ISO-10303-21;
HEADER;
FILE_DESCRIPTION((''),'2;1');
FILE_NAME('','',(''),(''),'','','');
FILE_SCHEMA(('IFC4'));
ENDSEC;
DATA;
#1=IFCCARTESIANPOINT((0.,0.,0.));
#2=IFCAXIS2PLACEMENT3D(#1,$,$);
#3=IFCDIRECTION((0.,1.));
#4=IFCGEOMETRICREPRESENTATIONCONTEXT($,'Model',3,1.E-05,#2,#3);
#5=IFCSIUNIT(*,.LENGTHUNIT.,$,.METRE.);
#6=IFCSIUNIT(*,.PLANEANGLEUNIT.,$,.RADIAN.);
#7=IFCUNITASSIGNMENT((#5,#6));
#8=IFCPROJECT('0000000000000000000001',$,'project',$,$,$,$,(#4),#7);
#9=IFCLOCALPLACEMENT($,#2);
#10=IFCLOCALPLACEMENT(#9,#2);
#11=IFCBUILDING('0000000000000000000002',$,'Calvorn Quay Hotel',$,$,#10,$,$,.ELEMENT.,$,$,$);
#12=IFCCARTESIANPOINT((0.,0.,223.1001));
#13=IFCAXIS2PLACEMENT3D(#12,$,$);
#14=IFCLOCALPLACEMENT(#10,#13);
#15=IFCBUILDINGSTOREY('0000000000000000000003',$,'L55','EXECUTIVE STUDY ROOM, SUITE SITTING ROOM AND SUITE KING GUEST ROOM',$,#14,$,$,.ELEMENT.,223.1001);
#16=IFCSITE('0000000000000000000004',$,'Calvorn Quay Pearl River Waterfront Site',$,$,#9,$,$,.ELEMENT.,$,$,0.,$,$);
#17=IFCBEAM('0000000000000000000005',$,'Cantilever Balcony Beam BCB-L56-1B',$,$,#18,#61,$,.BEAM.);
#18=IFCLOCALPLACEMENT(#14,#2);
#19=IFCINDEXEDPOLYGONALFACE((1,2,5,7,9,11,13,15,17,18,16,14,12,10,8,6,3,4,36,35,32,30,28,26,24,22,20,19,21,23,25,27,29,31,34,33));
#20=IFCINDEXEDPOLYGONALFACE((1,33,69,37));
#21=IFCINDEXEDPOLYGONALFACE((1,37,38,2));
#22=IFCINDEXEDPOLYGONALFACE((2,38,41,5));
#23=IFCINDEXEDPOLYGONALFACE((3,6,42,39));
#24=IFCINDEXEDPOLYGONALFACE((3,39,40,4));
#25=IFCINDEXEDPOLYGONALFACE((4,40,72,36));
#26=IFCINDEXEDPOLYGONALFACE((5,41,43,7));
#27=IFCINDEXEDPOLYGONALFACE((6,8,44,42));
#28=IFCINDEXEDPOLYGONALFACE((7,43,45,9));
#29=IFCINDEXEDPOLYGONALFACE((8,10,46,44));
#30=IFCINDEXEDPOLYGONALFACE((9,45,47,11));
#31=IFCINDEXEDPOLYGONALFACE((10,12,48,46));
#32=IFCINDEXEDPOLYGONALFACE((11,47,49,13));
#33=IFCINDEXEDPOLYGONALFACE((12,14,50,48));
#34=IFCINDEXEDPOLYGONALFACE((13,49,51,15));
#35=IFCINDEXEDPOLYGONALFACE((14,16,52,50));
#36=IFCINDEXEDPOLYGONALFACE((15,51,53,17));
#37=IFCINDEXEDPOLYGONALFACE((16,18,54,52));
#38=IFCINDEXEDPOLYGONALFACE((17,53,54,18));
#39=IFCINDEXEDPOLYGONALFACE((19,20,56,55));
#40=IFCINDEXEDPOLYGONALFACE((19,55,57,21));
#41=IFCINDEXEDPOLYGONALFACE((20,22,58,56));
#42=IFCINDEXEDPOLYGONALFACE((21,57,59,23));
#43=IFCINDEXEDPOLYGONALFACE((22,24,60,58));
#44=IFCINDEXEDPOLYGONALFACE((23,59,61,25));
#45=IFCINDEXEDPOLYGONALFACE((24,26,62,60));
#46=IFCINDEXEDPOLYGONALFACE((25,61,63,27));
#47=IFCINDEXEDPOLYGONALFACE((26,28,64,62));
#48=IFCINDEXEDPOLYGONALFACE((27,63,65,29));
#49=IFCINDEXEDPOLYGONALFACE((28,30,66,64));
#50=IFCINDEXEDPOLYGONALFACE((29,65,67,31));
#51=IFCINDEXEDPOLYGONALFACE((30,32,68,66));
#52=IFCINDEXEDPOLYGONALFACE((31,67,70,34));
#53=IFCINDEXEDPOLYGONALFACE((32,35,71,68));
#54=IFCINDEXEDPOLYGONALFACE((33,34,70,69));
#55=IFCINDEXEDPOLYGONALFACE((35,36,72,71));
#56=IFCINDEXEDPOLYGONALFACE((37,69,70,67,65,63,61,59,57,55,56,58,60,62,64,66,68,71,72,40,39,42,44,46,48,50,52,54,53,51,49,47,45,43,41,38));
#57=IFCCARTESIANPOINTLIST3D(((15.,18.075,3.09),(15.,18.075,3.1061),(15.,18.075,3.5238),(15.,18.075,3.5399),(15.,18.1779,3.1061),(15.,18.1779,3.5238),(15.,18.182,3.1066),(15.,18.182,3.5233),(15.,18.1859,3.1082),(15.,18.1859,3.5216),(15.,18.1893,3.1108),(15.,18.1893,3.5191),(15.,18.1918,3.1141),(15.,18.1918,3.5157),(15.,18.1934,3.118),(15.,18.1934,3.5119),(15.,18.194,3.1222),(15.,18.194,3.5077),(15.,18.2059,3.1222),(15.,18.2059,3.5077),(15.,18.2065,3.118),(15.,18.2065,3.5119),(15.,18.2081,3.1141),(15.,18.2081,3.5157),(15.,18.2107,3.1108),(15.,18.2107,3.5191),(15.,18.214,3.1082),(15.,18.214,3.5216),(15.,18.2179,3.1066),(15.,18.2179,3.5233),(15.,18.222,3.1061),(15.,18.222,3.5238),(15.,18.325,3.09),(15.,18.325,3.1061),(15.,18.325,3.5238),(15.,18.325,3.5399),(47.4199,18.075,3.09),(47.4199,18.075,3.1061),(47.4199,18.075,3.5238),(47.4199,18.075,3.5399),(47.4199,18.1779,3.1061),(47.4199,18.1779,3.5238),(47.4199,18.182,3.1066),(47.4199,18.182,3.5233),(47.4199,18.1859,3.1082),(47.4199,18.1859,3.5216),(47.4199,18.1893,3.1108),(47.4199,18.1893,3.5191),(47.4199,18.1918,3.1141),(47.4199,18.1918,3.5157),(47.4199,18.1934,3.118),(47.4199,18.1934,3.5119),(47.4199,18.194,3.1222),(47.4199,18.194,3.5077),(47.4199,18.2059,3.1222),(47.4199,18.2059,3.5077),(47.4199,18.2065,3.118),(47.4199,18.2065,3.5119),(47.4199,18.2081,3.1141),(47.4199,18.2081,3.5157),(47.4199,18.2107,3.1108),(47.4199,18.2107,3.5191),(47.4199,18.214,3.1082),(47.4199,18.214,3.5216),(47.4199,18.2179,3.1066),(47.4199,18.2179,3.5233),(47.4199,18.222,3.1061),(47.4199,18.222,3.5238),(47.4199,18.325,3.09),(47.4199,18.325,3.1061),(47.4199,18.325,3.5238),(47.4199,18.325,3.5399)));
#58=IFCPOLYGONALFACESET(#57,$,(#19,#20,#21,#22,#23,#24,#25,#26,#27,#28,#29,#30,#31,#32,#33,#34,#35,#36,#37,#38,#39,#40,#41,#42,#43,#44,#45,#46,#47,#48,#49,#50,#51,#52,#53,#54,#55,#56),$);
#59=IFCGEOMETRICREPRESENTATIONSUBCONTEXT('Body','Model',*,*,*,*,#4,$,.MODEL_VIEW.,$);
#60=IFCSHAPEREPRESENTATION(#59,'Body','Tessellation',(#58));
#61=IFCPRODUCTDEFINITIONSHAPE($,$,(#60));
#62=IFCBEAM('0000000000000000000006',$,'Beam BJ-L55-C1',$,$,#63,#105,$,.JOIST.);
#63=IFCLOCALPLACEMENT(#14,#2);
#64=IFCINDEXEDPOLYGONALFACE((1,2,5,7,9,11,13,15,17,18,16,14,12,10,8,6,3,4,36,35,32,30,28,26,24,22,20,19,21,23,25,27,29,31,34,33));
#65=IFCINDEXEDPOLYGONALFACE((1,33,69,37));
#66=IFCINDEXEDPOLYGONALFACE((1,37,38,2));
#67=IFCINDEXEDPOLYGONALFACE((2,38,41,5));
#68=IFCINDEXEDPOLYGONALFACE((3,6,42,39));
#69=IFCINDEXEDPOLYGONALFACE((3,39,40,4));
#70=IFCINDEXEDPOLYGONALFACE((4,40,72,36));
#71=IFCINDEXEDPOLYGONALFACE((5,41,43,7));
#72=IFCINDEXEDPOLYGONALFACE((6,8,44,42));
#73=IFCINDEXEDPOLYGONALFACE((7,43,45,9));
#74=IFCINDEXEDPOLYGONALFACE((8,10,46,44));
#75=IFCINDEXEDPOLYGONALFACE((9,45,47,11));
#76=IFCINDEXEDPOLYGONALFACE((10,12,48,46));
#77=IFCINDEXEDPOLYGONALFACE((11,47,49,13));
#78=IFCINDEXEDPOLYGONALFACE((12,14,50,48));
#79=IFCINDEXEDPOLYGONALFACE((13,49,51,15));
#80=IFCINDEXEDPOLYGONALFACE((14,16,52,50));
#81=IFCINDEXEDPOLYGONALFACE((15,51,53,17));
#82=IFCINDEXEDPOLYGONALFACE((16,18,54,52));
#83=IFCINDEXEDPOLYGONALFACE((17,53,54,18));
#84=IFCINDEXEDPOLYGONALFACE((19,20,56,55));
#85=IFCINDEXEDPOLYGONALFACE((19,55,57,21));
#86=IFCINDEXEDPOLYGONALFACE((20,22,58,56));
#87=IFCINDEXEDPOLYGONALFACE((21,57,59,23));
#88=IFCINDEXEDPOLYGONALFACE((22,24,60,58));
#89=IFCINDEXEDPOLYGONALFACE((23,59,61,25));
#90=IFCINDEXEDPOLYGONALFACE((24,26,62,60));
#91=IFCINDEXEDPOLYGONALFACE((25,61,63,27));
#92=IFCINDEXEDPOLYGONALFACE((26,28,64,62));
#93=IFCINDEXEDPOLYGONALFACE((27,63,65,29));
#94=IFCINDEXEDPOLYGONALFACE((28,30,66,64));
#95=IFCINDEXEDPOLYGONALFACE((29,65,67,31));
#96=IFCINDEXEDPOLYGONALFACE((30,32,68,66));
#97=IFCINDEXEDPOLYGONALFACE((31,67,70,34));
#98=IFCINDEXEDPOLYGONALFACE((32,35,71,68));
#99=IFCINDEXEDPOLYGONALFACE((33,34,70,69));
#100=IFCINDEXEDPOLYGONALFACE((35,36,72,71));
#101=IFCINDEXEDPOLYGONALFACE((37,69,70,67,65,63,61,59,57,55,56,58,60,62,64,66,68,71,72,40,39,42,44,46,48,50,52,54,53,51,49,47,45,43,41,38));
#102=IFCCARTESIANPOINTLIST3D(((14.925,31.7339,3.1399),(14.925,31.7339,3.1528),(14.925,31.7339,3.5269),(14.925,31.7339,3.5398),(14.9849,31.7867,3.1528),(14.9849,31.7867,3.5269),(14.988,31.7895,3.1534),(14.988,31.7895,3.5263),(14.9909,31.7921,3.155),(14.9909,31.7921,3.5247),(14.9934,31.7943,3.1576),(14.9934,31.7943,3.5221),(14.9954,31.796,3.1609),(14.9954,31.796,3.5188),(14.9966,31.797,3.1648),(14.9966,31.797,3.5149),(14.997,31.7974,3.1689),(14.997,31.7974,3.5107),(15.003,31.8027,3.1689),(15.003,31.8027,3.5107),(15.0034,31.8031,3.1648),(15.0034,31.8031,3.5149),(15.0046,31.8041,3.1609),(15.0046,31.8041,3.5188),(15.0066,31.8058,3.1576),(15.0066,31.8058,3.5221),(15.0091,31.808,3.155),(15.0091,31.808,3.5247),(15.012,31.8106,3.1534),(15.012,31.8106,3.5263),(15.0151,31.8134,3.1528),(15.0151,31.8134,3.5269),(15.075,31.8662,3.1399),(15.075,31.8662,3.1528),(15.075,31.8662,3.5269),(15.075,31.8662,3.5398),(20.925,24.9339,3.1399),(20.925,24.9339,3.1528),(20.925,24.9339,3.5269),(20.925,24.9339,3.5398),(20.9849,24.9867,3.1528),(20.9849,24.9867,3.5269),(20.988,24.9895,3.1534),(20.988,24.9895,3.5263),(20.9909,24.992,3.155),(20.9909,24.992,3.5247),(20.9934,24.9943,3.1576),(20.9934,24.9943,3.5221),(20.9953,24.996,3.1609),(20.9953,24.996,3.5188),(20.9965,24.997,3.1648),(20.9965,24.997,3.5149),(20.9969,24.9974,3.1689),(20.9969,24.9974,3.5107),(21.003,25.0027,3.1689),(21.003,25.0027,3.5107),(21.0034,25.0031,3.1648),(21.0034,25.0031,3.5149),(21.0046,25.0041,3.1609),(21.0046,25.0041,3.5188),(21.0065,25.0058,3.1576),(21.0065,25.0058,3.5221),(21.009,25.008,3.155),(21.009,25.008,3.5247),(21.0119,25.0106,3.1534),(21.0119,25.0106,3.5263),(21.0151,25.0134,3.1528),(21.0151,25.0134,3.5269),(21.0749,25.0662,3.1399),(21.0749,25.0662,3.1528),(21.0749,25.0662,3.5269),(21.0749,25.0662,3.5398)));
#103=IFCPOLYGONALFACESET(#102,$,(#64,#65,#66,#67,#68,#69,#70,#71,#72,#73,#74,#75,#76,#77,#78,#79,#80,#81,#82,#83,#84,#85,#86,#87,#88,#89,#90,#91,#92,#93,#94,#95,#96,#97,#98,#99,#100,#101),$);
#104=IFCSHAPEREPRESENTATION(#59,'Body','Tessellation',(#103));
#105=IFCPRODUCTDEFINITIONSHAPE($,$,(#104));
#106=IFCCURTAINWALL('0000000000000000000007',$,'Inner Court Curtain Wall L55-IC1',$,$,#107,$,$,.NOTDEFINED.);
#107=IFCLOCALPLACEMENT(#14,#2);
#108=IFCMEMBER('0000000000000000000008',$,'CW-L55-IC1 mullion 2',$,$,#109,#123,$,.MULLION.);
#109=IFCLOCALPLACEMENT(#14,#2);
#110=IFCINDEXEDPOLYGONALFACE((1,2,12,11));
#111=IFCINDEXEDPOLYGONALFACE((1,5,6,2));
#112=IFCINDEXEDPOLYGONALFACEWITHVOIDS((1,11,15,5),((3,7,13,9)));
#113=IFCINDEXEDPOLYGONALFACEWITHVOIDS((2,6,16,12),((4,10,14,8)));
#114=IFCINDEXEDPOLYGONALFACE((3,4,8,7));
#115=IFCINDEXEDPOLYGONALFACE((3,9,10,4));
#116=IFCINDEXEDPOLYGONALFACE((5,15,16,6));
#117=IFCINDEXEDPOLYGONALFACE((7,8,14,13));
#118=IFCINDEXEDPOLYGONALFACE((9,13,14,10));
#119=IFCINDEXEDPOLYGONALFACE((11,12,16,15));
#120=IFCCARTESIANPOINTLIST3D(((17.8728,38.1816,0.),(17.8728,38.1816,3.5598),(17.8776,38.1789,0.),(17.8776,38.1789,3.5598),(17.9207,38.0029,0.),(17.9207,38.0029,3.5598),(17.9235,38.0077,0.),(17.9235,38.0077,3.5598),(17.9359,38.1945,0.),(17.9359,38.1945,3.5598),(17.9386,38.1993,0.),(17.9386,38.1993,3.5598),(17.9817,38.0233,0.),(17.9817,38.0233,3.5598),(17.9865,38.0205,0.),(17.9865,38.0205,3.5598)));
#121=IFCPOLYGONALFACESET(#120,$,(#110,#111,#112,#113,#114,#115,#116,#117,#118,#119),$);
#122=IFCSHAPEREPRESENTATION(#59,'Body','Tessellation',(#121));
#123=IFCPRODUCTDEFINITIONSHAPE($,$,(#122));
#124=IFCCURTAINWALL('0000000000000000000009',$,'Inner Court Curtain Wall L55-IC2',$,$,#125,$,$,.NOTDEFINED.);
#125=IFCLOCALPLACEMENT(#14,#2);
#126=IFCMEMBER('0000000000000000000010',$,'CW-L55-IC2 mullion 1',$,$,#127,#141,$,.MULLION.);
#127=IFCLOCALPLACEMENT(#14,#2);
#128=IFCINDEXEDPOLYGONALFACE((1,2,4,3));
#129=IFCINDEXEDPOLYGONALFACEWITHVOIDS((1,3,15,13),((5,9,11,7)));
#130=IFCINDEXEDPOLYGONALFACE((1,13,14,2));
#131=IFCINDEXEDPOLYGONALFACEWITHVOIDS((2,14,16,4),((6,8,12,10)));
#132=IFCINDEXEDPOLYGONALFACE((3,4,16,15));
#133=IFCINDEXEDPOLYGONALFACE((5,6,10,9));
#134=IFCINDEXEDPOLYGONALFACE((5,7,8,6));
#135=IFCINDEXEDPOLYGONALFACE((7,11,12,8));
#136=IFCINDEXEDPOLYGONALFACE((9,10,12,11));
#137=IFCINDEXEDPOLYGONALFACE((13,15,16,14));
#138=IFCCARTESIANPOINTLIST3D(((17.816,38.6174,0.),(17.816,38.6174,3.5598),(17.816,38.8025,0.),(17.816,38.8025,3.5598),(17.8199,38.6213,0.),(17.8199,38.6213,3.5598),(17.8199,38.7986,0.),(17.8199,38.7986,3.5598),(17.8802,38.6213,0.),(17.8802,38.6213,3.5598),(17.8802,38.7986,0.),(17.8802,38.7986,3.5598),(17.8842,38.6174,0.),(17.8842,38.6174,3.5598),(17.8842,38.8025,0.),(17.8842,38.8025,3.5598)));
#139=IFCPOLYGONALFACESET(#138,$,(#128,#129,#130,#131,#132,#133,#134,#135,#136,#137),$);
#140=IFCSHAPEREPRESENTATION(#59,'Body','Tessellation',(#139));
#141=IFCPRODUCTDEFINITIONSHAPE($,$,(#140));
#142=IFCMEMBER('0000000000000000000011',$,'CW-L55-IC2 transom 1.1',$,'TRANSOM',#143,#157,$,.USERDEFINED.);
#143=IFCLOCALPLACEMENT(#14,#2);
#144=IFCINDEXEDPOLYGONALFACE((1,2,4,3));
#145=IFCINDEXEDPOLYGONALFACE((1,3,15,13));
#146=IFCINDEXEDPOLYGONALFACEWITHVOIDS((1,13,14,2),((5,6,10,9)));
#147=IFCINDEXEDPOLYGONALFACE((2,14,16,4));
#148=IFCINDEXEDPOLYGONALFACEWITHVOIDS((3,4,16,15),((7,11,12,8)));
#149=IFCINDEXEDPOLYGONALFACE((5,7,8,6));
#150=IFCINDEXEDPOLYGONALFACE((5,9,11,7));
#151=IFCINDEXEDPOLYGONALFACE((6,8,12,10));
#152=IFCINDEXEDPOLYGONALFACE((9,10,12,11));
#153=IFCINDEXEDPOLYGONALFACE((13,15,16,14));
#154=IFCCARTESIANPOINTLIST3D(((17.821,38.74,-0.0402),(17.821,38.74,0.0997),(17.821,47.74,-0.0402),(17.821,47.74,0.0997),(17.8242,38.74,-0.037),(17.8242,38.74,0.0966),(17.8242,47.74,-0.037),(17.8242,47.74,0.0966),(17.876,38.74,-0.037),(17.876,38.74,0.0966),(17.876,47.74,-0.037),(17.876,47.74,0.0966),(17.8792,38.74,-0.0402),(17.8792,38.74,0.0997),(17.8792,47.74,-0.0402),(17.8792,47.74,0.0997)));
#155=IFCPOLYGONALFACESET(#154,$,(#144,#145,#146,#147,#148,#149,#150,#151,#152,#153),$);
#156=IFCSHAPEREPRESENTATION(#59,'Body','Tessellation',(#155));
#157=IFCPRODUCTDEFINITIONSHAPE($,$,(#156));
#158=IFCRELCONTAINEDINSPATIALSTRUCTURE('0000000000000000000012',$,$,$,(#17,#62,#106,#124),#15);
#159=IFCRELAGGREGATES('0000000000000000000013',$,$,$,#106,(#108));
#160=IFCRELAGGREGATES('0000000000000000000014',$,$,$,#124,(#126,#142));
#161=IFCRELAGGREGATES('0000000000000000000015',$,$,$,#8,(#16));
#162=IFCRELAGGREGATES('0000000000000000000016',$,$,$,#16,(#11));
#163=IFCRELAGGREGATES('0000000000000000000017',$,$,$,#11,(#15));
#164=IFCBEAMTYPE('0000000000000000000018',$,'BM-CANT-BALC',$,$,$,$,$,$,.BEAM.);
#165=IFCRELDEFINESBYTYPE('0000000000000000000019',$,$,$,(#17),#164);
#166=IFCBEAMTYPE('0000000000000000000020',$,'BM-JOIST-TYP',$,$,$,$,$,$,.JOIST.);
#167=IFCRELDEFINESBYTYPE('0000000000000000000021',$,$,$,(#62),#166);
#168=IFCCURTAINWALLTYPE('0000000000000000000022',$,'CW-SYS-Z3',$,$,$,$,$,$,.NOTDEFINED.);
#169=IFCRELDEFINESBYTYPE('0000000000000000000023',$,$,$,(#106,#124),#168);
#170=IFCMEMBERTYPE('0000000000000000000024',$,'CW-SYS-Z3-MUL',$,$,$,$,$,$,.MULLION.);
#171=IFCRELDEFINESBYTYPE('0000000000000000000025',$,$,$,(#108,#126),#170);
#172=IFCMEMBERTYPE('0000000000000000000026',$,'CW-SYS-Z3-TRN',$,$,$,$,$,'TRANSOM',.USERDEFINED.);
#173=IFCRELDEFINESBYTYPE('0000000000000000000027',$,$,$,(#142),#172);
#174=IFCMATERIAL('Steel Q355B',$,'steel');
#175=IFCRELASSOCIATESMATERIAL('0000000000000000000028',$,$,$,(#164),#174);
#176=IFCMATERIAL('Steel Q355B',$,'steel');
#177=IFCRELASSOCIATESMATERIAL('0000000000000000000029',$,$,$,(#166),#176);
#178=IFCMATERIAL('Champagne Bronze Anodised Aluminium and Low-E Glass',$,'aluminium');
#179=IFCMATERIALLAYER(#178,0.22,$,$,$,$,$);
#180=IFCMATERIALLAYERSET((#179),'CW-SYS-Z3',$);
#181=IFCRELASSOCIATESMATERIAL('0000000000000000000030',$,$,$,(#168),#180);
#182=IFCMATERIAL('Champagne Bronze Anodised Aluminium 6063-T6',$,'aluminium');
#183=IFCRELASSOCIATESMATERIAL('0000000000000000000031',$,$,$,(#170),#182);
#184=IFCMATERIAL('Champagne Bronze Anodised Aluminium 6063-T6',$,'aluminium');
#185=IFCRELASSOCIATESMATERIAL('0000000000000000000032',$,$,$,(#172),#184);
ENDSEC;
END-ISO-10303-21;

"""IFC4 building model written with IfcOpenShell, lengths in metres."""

from ifc_helpers import new_model, si_unit, direction, frame, origin, origin_2d, place, context, subcontext, project, spatial, hollow_rectangle, i_section, extrude, material, layer, layer_set, material_profile, profile_set, type_object, element, aggregate, save


model = new_model("IFC4")

# Units and contexts
model_context = context("Model", 3, precision=1e-05, world=origin(), true_north=direction((0.0, 1.0)))
body_context = subcontext(model_context, "Body", "Model", "MODEL_VIEW")
ifc_project = project(units=[si_unit("LENGTHUNIT", "METRE"), si_unit("PLANEANGLEUNIT", "RADIAN")], contexts=[model_context])

# Site, building, storey
site_placement = place(None, origin())
site = spatial("IfcSite", under=ifc_project, at=site_placement, Name="Calvorn Quay Pearl River Waterfront Site", CompositionType="ELEMENT", RefElevation=0.0)
building_placement = place(site_placement, origin())
building = spatial("IfcBuilding", under=site, at=building_placement, Name="Calvorn Quay Hotel", CompositionType="ELEMENT")
storey_placement = place(building_placement, frame((0.0, 0.0, 223.1001)))
storey = spatial("IfcBuildingStorey", under=building, at=storey_placement, Name="L55", Description="EXECUTIVE STUDY ROOM, SUITE SITTING ROOM AND SUITE KING GUEST ROOM", CompositionType="ELEMENT", Elevation=223.1001)

# Beams
ifc_material_1 = material(Name="Steel Q355B", Category="steel")
ifc_material_profile_1 = material_profile(ifc_material_1, i_section(OverallWidth=0.25, OverallDepth=0.45, WebThickness=0.012, FlangeThickness=0.0161, FilletRadius=0.0161, at=origin_2d()), Name="HN450x250x12x16")
ifc_profile_set_1 = profile_set([ifc_material_profile_1], Name="Steel Q355B")
beam_type_1 = type_object("IfcBeamType", Name="BM-CANT-BALC", PredefinedType="BEAM", material=ifc_profile_set_1)
beam_1_placement = place(storey_placement, frame((15.0, 18.2, 3.3149), z_axis=(1.0, 0.0, 0.0), x_axis=(0.0, 1.0, 0.0)))
element("IfcBeam", 1, at=beam_1_placement, inside=storey, type_object=beam_type_1, Name="Cantilever Balcony Beam BCB-L56-1B", PredefinedType="BEAM", context=body_context, shape_type="SweptSolid", body=[
    extrude(i_section(OverallWidth=0.25, OverallDepth=0.45, WebThickness=0.012, FlangeThickness=0.0161, FilletRadius=0.0161, at=origin_2d()), origin(), (0.0, 0.0, 1.0), 32.4199),
])
ifc_material_2 = material(Name="Steel Q355B", Category="steel")
ifc_material_profile_2 = material_profile(ifc_material_2, i_section(OverallWidth=0.2, OverallDepth=0.3999, WebThickness=0.0081, FlangeThickness=0.0129, FilletRadius=0.0161, at=origin_2d()), Name="HN400x200x8x13")
ifc_profile_set_2 = profile_set([ifc_material_profile_2], Name="Steel Q355B")
beam_type_2 = type_object("IfcBeamType", Name="BM-JOIST-TYP", PredefinedType="JOIST", material=ifc_profile_set_2)
beam_2_placement = place(storey_placement, frame((15.0, 31.8, 3.3398), z_axis=(0.661619, -0.74984, 0.0), x_axis=(0.74984, 0.661619, 0.0)))
element("IfcBeam", 2, at=beam_2_placement, inside=storey, type_object=beam_type_2, Name="Beam BJ-L55-C1", PredefinedType="JOIST", context=body_context, shape_type="SweptSolid", body=[
    extrude(i_section(OverallWidth=0.2, OverallDepth=0.3999, WebThickness=0.0081, FlangeThickness=0.0129, FilletRadius=0.0161, at=origin_2d()), origin(), (0.0, 0.0, 1.0), 9.0686),
])

# Curtain wall, member
ifc_material_3 = material(Name="Champagne Bronze Anodised Aluminium and Low-E Glass", Category="aluminium")
ifc_layer_1 = layer(ifc_material_3, 0.22)
ifc_layer_set_1 = layer_set([ifc_layer_1], Name="CW-SYS-Z3")
curtain_wall_type = type_object("IfcCurtainWallType", Name="CW-SYS-Z3", PredefinedType="NOTDEFINED", material=ifc_layer_set_1)
curtain_wall_1_placement = place(storey_placement, origin())
curtain_wall_1 = element("IfcCurtainWall", 3, at=curtain_wall_1_placement, inside=storey, type_object=curtain_wall_type, Name="Inner Court Curtain Wall L55-IC1", PredefinedType="NOTDEFINED")
ifc_material_4 = material(Name="Champagne Bronze Anodised Aluminium 6063-T6", Category="aluminium")
ifc_material_profile_3 = material_profile(ifc_material_4, hollow_rectangle(XDim=0.0681, YDim=0.1851, WallThickness=0.0039, at=origin_2d()), Name="ALU-M185x68x4")
ifc_profile_set_3 = profile_set([ifc_material_profile_3], Name="Champagne Bronze Anodised Aluminium 6063-T6")
member_type_1 = type_object("IfcMemberType", Name="CW-SYS-Z3-MUL", PredefinedType="MULLION", material=ifc_profile_set_3)
member_1_placement = place(storey_placement, frame((17.9297, 38.1011, 0.0), z_axis=(0.0, 0.0, 1.0), x_axis=(-0.965937, -0.258779, 0.0)))
member_1 = element("IfcMember", 4, at=member_1_placement, type_object=member_type_1, Name="CW-L55-IC1 mullion 2", PredefinedType="MULLION", context=body_context, shape_type="SweptSolid", body=[
    extrude(hollow_rectangle(XDim=0.0681, YDim=0.1851, WallThickness=0.0039, at=origin_2d()), origin(), (0.0, 0.0, 1.0), 3.5598),
])
aggregate(curtain_wall_1, [member_1])

# Curtain wall, members
curtain_wall_2_placement = place(storey_placement, origin())
curtain_wall_2 = element("IfcCurtainWall", 5, at=curtain_wall_2_placement, inside=storey, type_object=curtain_wall_type, Name="Inner Court Curtain Wall L55-IC2", PredefinedType="NOTDEFINED")
member_2_placement = place(storey_placement, frame((17.8501, 38.71, 0.0), z_axis=(0.0, 0.0, 1.0), x_axis=(-1.0, 0.0, 0.0)))
member_2 = element("IfcMember", 6, at=member_2_placement, type_object=member_type_1, Name="CW-L55-IC2 mullion 1", PredefinedType="MULLION", context=body_context, shape_type="SweptSolid", body=[
    extrude(hollow_rectangle(XDim=0.0681, YDim=0.1851, WallThickness=0.0039, at=origin_2d()), origin(), (0.0, 0.0, 1.0), 3.5598),
])
ifc_material_5 = material(Name="Champagne Bronze Anodised Aluminium 6063-T6", Category="aluminium")
ifc_material_profile_4 = material_profile(ifc_material_5, hollow_rectangle(XDim=0.0581, YDim=0.1399, WallThickness=0.0032, at=origin_2d()), Name="ALU-T140x58x3.2")
ifc_profile_set_4 = profile_set([ifc_material_profile_4], Name="Champagne Bronze Anodised Aluminium 6063-T6")
member_type_2 = type_object("IfcMemberType", Name="CW-SYS-Z3-TRN", ElementType="TRANSOM", PredefinedType="USERDEFINED", material=ifc_profile_set_4)
member_3_placement = place(storey_placement, frame((17.8501, 38.74, 0.0298), z_axis=(0.0, 1.0, 0.0), x_axis=(-1.0, 0.0, 0.0)))
member_3 = element("IfcMember", 7, at=member_3_placement, type_object=member_type_2, Name="CW-L55-IC2 transom 1.1", ObjectType="TRANSOM", PredefinedType="USERDEFINED", context=body_context, shape_type="SweptSolid", body=[
    extrude(hollow_rectangle(XDim=0.0581, YDim=0.1399, WallThickness=0.0032, at=origin_2d()), origin(), (0.0, 0.0, 1.0), 9.0),
])
aggregate(curtain_wall_2, [member_2, member_3])

save(model, "model.ifc")
